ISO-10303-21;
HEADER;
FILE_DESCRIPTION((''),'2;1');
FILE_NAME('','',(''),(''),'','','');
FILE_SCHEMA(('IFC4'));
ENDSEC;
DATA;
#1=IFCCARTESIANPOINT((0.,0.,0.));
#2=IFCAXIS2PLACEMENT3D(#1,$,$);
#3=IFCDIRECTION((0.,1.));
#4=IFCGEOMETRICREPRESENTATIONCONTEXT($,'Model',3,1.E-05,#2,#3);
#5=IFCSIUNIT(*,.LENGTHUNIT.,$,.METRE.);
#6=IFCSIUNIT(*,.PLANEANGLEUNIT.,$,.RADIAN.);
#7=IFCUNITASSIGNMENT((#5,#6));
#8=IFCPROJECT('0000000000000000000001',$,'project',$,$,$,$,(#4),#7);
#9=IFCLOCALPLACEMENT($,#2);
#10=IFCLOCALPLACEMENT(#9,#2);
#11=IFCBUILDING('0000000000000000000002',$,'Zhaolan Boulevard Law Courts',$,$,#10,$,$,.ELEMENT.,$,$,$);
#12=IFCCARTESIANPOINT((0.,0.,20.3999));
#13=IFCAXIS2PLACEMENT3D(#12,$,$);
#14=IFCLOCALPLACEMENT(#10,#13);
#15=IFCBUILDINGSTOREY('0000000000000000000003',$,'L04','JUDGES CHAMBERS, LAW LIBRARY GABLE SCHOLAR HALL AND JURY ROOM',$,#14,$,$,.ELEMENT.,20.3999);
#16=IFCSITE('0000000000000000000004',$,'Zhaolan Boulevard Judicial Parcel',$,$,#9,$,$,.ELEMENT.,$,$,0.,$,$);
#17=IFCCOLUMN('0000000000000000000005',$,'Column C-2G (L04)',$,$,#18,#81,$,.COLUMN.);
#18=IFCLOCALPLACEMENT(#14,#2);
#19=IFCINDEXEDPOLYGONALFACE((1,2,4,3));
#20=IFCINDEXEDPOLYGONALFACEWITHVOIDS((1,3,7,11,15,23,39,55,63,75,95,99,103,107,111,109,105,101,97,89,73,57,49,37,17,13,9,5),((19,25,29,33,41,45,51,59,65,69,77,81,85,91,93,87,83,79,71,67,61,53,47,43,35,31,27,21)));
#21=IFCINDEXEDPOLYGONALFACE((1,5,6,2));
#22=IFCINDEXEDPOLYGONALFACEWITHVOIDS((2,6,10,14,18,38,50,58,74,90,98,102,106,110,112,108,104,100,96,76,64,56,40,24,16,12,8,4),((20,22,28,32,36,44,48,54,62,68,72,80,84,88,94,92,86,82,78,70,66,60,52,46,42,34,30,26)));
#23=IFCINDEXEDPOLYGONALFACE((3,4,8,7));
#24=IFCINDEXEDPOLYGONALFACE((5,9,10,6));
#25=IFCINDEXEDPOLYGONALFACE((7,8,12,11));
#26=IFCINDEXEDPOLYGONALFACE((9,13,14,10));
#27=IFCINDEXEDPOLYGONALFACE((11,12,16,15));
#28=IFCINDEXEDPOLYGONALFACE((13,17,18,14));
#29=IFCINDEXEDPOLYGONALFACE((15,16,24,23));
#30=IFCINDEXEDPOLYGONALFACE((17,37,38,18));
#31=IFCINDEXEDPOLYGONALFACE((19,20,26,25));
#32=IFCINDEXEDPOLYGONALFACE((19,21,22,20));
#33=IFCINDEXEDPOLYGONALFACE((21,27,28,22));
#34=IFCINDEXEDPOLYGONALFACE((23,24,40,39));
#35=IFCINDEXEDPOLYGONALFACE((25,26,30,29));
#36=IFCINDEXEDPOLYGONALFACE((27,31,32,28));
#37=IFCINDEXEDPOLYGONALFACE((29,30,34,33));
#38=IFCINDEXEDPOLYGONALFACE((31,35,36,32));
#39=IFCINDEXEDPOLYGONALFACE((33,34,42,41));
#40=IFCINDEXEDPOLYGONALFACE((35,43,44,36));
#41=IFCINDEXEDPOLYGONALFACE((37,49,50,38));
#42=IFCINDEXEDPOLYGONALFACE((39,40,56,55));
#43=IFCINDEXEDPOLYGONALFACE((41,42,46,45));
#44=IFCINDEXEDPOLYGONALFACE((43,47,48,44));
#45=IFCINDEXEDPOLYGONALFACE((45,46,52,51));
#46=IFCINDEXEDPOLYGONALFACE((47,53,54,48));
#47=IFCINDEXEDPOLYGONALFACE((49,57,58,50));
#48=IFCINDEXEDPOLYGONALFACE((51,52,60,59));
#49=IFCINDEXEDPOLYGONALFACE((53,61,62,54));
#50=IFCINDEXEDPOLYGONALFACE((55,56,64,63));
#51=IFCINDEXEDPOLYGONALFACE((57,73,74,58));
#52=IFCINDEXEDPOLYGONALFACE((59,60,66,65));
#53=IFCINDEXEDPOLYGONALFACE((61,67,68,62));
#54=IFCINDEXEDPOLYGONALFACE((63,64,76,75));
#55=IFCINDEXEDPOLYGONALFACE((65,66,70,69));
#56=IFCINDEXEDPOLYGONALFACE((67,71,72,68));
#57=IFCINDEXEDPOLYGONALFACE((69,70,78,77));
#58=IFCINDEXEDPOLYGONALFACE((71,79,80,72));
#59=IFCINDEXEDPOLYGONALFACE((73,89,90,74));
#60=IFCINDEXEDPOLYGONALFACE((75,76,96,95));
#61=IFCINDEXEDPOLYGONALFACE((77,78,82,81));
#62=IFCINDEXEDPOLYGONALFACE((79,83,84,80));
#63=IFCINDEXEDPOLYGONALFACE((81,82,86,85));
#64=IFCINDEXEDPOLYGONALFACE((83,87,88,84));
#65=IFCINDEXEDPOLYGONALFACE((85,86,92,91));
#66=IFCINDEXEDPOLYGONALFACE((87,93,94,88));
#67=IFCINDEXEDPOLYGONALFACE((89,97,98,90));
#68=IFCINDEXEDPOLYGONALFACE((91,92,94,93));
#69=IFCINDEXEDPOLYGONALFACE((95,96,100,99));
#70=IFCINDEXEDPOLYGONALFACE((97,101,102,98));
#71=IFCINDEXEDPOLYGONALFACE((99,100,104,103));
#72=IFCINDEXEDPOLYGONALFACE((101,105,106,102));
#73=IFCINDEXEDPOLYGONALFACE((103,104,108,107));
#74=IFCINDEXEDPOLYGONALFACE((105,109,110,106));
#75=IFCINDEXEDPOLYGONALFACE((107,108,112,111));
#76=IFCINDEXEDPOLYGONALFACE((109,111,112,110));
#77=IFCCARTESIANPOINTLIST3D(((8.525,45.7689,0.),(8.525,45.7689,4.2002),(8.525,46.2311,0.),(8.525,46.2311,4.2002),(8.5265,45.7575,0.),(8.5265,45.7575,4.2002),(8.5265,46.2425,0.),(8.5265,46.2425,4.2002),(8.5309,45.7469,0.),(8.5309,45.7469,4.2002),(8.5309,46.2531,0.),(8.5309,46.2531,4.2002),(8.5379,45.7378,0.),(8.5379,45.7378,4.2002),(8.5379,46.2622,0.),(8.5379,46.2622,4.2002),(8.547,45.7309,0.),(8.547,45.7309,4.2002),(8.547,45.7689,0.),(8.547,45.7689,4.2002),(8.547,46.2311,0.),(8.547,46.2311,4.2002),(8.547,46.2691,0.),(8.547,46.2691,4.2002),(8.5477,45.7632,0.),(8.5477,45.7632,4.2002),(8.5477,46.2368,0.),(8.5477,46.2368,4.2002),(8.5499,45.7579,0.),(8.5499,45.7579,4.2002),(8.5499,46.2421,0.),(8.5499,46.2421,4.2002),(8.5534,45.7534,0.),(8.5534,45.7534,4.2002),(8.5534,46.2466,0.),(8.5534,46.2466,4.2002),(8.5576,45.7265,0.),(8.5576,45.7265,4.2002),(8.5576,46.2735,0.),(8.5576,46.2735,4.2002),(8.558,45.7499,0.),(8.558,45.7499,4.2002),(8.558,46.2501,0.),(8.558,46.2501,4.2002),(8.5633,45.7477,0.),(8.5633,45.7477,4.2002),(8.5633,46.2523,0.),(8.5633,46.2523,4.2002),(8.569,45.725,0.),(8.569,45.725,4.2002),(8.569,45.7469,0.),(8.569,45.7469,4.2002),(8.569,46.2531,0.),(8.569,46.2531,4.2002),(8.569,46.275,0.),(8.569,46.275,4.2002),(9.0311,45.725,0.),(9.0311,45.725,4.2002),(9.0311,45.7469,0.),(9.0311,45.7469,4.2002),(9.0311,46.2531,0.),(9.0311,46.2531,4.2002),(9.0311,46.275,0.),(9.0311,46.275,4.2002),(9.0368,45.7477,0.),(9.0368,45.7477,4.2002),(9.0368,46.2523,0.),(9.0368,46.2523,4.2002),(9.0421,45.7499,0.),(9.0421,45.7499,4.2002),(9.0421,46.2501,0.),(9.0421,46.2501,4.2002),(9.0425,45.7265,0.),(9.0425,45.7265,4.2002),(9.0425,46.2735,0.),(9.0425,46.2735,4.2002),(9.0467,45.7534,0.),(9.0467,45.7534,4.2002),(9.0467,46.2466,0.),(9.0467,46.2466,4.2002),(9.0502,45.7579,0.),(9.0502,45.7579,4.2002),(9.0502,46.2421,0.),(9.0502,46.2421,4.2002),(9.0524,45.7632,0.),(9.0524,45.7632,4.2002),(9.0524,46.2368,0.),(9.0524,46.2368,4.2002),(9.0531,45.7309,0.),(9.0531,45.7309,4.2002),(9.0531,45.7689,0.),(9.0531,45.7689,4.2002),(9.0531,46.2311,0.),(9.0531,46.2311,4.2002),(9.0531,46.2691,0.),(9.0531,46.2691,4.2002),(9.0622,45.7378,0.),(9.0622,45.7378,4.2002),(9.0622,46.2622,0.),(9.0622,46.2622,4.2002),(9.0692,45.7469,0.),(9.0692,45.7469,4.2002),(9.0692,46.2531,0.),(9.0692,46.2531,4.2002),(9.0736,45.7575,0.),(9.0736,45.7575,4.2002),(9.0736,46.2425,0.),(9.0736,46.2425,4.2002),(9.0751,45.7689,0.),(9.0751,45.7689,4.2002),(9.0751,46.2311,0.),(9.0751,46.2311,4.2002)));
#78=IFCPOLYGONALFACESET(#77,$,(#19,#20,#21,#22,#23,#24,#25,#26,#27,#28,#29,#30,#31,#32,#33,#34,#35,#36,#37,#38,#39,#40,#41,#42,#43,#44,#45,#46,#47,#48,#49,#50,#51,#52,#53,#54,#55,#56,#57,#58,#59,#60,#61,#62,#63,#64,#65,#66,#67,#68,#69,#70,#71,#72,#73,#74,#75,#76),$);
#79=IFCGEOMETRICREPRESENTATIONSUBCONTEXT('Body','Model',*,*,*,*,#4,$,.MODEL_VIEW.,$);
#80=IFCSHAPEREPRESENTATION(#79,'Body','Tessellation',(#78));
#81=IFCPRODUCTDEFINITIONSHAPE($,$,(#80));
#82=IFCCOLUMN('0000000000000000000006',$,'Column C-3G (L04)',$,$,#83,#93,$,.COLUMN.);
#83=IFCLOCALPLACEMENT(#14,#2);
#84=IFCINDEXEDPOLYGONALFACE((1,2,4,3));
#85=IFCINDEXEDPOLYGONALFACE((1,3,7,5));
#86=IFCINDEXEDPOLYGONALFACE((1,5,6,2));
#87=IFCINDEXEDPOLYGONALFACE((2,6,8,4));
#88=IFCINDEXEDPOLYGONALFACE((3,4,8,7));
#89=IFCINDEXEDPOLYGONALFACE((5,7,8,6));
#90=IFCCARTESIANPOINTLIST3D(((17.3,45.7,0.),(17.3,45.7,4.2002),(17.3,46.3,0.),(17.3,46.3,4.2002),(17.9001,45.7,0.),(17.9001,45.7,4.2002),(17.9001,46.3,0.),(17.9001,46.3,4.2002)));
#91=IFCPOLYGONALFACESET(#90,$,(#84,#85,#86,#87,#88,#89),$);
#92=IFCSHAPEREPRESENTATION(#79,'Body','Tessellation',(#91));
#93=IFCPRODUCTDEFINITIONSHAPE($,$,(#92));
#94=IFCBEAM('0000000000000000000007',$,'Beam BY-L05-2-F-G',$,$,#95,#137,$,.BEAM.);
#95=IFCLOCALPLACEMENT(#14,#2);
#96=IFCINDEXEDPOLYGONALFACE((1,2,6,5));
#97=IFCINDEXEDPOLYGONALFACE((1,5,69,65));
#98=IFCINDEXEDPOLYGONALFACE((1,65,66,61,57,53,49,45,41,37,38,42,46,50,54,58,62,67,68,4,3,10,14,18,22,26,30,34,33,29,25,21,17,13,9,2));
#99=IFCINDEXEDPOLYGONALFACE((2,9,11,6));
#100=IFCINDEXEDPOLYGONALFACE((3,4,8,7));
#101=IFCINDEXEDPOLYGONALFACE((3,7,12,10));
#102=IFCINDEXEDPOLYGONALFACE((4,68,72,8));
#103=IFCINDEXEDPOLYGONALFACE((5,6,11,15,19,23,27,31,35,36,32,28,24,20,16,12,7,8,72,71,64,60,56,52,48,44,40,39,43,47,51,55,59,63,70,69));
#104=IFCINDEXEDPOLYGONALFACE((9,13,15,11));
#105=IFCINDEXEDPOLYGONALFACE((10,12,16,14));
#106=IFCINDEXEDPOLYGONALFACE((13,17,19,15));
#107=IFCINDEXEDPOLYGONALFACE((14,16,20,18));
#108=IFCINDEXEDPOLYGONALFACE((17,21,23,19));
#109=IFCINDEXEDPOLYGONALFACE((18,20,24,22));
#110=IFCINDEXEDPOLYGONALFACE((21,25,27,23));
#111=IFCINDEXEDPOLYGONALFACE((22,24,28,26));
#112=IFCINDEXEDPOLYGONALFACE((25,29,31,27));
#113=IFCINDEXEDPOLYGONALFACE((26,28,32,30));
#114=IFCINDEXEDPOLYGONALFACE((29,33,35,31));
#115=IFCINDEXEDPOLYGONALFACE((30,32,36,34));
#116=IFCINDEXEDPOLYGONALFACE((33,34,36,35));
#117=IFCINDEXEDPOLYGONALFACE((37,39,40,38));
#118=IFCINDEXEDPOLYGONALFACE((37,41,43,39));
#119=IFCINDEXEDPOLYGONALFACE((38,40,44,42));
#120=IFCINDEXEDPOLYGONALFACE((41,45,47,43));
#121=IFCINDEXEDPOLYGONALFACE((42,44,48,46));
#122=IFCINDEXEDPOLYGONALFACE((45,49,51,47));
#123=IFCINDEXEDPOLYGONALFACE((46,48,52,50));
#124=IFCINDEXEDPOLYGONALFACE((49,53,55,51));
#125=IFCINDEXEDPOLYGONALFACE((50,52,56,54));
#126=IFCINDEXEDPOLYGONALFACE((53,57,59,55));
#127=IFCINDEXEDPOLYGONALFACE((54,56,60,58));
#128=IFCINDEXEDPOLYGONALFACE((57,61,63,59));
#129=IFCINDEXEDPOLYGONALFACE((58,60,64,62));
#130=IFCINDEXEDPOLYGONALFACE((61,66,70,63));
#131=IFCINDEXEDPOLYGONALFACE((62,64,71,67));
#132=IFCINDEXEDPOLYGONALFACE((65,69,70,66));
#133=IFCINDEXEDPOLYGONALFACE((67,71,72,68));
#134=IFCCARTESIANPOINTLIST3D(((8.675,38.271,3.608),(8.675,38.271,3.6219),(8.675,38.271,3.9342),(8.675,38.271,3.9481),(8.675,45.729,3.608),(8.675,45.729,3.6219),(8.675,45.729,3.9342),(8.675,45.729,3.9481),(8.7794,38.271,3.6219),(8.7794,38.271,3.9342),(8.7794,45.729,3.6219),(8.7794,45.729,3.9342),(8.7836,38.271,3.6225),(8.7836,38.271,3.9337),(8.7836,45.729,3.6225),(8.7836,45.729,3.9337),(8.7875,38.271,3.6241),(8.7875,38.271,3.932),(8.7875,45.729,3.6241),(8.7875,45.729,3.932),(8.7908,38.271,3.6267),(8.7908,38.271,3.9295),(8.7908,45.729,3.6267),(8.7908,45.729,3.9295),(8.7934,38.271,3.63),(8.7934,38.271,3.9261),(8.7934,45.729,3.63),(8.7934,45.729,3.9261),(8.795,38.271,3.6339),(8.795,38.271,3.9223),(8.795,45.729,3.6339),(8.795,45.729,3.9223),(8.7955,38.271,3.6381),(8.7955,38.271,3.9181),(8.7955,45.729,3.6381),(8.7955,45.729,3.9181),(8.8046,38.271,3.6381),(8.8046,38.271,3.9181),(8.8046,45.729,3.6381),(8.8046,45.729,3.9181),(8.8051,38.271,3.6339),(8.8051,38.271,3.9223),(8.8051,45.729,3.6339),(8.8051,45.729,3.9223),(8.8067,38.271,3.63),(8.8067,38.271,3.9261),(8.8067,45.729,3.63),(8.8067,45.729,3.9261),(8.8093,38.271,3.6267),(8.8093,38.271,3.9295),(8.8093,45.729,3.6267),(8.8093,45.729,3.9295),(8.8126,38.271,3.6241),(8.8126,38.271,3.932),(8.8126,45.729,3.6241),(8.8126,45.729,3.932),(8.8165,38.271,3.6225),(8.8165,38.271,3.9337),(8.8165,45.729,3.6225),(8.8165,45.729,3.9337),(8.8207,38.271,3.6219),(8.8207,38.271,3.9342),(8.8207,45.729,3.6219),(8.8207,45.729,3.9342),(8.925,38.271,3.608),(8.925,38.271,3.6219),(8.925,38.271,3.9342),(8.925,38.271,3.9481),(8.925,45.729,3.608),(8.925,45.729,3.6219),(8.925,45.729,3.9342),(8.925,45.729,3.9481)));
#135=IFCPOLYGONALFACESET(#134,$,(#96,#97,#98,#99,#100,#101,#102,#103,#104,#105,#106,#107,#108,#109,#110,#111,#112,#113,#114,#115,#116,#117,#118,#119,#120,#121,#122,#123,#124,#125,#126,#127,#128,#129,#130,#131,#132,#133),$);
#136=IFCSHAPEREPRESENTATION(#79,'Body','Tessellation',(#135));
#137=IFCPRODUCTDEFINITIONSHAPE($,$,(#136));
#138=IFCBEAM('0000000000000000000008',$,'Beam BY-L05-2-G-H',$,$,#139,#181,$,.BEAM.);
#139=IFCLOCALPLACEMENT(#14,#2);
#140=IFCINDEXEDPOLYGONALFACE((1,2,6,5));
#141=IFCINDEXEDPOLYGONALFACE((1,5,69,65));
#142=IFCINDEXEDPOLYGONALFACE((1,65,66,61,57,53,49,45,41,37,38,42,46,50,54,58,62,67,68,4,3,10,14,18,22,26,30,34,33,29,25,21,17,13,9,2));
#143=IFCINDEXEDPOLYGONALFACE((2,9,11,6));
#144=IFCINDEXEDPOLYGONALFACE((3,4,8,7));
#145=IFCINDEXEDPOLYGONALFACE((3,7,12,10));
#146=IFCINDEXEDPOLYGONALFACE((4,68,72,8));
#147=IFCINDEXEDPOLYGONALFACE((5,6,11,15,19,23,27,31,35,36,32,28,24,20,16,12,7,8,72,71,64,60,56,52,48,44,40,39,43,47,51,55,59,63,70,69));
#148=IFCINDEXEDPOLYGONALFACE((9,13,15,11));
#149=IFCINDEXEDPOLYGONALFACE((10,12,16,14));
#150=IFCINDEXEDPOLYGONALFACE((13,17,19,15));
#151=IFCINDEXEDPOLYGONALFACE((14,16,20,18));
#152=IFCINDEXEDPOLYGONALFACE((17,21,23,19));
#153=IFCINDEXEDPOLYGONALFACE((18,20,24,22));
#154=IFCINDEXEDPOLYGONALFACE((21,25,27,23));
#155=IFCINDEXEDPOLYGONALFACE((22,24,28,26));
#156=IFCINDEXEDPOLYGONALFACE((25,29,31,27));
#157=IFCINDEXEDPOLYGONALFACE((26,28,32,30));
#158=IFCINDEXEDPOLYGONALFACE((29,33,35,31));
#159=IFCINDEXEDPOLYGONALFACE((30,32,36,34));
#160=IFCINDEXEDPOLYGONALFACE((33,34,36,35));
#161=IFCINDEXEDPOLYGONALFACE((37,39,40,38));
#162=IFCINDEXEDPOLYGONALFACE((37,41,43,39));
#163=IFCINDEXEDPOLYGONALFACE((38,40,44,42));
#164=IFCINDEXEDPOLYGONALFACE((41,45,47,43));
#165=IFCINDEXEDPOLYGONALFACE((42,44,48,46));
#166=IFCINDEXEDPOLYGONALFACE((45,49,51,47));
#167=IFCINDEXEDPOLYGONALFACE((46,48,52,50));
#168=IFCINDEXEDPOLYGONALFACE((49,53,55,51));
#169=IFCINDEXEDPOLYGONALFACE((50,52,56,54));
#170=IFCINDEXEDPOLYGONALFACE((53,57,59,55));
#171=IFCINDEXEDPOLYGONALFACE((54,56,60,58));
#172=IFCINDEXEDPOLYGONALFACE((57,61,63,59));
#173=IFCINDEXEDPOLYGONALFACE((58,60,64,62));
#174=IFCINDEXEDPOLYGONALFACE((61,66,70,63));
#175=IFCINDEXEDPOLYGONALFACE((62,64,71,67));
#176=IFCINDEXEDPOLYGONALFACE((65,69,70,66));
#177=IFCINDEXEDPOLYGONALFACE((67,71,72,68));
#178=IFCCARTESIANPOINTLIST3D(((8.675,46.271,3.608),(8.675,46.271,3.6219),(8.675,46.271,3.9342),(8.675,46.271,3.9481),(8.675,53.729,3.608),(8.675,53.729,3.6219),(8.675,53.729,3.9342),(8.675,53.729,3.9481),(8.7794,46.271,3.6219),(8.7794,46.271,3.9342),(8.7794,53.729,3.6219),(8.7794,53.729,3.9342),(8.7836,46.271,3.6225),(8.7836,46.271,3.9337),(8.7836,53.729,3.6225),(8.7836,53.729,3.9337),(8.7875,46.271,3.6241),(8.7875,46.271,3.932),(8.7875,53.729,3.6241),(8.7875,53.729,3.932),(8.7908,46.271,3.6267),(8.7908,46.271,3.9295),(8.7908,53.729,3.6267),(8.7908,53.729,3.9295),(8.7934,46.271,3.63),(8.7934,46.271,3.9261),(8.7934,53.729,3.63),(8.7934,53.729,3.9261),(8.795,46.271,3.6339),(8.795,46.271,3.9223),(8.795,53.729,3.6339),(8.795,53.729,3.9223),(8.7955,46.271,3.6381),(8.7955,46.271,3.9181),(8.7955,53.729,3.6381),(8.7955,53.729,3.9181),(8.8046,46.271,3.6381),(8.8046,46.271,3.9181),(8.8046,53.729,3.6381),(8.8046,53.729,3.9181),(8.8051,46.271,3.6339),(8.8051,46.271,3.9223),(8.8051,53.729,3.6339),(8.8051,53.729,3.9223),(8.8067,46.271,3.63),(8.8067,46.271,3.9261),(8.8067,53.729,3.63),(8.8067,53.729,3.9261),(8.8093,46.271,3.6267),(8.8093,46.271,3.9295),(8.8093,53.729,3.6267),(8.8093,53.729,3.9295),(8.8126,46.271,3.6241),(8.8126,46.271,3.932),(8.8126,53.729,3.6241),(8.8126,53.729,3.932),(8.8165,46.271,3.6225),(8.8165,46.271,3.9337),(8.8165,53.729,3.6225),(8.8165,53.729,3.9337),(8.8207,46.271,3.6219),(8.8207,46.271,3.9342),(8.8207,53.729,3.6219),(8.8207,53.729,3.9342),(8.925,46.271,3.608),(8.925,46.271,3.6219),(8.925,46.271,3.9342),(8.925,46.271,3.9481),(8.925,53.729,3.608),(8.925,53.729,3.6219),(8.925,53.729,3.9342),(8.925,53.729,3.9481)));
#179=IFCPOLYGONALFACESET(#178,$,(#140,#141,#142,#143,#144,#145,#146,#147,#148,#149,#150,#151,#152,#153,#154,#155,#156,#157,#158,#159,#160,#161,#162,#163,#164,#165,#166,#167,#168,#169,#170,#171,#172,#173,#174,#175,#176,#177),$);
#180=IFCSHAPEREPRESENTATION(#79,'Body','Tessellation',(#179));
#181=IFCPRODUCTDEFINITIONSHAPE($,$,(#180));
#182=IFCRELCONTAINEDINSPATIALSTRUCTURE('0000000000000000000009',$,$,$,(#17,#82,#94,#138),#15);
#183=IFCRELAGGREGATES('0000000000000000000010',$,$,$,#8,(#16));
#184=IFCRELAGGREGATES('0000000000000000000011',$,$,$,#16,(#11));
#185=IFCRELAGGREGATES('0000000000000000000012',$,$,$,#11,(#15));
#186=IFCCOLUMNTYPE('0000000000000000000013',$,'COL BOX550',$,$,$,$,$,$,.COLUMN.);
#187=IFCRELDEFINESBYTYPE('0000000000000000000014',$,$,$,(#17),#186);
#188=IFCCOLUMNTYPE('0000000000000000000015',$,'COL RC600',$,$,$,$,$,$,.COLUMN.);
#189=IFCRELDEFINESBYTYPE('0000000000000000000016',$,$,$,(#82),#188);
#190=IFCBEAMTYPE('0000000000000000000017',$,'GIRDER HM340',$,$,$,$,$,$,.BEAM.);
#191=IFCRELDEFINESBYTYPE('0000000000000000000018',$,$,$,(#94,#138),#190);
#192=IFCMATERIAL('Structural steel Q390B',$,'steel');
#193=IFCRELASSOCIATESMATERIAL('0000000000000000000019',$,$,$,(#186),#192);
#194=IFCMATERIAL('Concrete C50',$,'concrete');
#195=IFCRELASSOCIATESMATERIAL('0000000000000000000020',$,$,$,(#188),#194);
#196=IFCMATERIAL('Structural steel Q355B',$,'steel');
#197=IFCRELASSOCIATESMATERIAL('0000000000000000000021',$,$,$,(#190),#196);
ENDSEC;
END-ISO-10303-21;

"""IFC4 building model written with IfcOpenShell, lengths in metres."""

from ifc_helpers import new_model, si_unit, direction, frame, origin, origin_2d, place, context, subcontext, project, spatial, rectangle, hollow_rectangle, i_section, extrude, material, material_profile, profile_set, type_object, element, save


model = new_model("IFC4")

# Units and contexts
model_context = context("Model", 3, precision=1e-05, world=origin(), true_north=direction((0.0, 1.0)))
body_context = subcontext(model_context, "Body", "Model", "MODEL_VIEW")
ifc_project = project(units=[si_unit("LENGTHUNIT", "METRE"), si_unit("PLANEANGLEUNIT", "RADIAN")], contexts=[model_context])

# Site, building, storey
site_placement = place(None, origin())
site = spatial("IfcSite", under=ifc_project, at=site_placement, Name="Zhaolan Boulevard Judicial Parcel", CompositionType="ELEMENT", RefElevation=0.0)
building_placement = place(site_placement, origin())
building = spatial("IfcBuilding", under=site, at=building_placement, Name="Zhaolan Boulevard Law Courts", CompositionType="ELEMENT")
storey_placement = place(building_placement, frame((0.0, 0.0, 20.3999)))
storey = spatial("IfcBuildingStorey", under=building, at=storey_placement, Name="L04", Description="JUDGES CHAMBERS, LAW LIBRARY GABLE SCHOLAR HALL AND JURY ROOM", CompositionType="ELEMENT", Elevation=20.3999)

# Columns
ifc_material_1 = material(Name="Structural steel Q390B", Category="steel")
ifc_material_profile_1 = material_profile(ifc_material_1, hollow_rectangle(XDim=0.55, YDim=0.55, WallThickness=0.022, InnerFilletRadius=0.022, OuterFilletRadius=0.0439, at=origin_2d()), Name="BOX550x550x22")
ifc_profile_set_1 = profile_set([ifc_material_profile_1], Name="Structural steel Q390B")
column_type_1 = type_object("IfcColumnType", Name="COL BOX550", PredefinedType="COLUMN", material=ifc_profile_set_1)
column_1_placement = place(storey_placement, frame((8.8, 46.0, 0.0), z_axis=(0.0, 0.0, 1.0), x_axis=(1.0, 0.0, 0.0)))
element("IfcColumn", 1, at=column_1_placement, inside=storey, type_object=column_type_1, Name="Column C-2G (L04)", PredefinedType="COLUMN", context=body_context, shape_type="SweptSolid", body=[
    extrude(hollow_rectangle(XDim=0.55, YDim=0.55, WallThickness=0.022, InnerFilletRadius=0.022, OuterFilletRadius=0.0439, at=origin_2d()), origin(), (0.0, 0.0, 1.0), 4.2002),
])
ifc_material_2 = material(Name="Concrete C50", Category="concrete")
ifc_material_profile_2 = material_profile(ifc_material_2, rectangle(XDim=0.6001, YDim=0.6001, at=origin_2d()), Name="RC600x600")
ifc_profile_set_2 = profile_set([ifc_material_profile_2], Name="Concrete C50")
column_type_2 = type_object("IfcColumnType", Name="COL RC600", PredefinedType="COLUMN", material=ifc_profile_set_2)
column_2_placement = place(storey_placement, frame((17.6001, 46.0, 0.0), z_axis=(0.0, 0.0, 1.0), x_axis=(1.0, 0.0, 0.0)))
element("IfcColumn", 2, at=column_2_placement, inside=storey, type_object=column_type_2, Name="Column C-3G (L04)", PredefinedType="COLUMN", context=body_context, shape_type="SweptSolid", body=[
    extrude(rectangle(XDim=0.6001, YDim=0.6001, at=origin_2d()), origin(), (0.0, 0.0, 1.0), 4.2002),
])

# Beams
ifc_material_3 = material(Name="Structural steel Q355B", Category="steel")
ifc_material_profile_3 = material_profile(ifc_material_3, i_section(OverallWidth=0.25, OverallDepth=0.3401, WebThickness=0.009, FlangeThickness=0.0139, FilletRadius=0.0161, at=origin_2d()), Name="HM340x250")
ifc_profile_set_3 = profile_set([ifc_material_profile_3], Name="Structural steel Q355B")
beam_type_1 = type_object("IfcBeamType", Name="GIRDER HM340", PredefinedType="BEAM", material=ifc_profile_set_3)
for number, where, z_axis, x_axis, name in (
    (3, (8.8, 38.271, 3.7781), (0.0, 1.0, 0.0), (-1.0, 0.0, 0.0), "Beam BY-L05-2-F-G"),
    (4, (8.8, 46.271, 3.7781), (0.0, 1.0, 0.0), (-1.0, 0.0, 0.0), "Beam BY-L05-2-G-H"),
):
    element("IfcBeam", number, at=place(storey_placement, frame(where, z_axis=z_axis, x_axis=x_axis)), inside=storey, type_object=beam_type_1, Name=name, PredefinedType="BEAM", context=body_context, shape_type="SweptSolid", body=[
        extrude(i_section(OverallWidth=0.25, OverallDepth=0.3401, WebThickness=0.009, FlangeThickness=0.0139, FilletRadius=0.0161, at=origin_2d()), origin(), (0.0, 0.0, 1.0), 7.458),
    ])

save(model, "model.ifc")
